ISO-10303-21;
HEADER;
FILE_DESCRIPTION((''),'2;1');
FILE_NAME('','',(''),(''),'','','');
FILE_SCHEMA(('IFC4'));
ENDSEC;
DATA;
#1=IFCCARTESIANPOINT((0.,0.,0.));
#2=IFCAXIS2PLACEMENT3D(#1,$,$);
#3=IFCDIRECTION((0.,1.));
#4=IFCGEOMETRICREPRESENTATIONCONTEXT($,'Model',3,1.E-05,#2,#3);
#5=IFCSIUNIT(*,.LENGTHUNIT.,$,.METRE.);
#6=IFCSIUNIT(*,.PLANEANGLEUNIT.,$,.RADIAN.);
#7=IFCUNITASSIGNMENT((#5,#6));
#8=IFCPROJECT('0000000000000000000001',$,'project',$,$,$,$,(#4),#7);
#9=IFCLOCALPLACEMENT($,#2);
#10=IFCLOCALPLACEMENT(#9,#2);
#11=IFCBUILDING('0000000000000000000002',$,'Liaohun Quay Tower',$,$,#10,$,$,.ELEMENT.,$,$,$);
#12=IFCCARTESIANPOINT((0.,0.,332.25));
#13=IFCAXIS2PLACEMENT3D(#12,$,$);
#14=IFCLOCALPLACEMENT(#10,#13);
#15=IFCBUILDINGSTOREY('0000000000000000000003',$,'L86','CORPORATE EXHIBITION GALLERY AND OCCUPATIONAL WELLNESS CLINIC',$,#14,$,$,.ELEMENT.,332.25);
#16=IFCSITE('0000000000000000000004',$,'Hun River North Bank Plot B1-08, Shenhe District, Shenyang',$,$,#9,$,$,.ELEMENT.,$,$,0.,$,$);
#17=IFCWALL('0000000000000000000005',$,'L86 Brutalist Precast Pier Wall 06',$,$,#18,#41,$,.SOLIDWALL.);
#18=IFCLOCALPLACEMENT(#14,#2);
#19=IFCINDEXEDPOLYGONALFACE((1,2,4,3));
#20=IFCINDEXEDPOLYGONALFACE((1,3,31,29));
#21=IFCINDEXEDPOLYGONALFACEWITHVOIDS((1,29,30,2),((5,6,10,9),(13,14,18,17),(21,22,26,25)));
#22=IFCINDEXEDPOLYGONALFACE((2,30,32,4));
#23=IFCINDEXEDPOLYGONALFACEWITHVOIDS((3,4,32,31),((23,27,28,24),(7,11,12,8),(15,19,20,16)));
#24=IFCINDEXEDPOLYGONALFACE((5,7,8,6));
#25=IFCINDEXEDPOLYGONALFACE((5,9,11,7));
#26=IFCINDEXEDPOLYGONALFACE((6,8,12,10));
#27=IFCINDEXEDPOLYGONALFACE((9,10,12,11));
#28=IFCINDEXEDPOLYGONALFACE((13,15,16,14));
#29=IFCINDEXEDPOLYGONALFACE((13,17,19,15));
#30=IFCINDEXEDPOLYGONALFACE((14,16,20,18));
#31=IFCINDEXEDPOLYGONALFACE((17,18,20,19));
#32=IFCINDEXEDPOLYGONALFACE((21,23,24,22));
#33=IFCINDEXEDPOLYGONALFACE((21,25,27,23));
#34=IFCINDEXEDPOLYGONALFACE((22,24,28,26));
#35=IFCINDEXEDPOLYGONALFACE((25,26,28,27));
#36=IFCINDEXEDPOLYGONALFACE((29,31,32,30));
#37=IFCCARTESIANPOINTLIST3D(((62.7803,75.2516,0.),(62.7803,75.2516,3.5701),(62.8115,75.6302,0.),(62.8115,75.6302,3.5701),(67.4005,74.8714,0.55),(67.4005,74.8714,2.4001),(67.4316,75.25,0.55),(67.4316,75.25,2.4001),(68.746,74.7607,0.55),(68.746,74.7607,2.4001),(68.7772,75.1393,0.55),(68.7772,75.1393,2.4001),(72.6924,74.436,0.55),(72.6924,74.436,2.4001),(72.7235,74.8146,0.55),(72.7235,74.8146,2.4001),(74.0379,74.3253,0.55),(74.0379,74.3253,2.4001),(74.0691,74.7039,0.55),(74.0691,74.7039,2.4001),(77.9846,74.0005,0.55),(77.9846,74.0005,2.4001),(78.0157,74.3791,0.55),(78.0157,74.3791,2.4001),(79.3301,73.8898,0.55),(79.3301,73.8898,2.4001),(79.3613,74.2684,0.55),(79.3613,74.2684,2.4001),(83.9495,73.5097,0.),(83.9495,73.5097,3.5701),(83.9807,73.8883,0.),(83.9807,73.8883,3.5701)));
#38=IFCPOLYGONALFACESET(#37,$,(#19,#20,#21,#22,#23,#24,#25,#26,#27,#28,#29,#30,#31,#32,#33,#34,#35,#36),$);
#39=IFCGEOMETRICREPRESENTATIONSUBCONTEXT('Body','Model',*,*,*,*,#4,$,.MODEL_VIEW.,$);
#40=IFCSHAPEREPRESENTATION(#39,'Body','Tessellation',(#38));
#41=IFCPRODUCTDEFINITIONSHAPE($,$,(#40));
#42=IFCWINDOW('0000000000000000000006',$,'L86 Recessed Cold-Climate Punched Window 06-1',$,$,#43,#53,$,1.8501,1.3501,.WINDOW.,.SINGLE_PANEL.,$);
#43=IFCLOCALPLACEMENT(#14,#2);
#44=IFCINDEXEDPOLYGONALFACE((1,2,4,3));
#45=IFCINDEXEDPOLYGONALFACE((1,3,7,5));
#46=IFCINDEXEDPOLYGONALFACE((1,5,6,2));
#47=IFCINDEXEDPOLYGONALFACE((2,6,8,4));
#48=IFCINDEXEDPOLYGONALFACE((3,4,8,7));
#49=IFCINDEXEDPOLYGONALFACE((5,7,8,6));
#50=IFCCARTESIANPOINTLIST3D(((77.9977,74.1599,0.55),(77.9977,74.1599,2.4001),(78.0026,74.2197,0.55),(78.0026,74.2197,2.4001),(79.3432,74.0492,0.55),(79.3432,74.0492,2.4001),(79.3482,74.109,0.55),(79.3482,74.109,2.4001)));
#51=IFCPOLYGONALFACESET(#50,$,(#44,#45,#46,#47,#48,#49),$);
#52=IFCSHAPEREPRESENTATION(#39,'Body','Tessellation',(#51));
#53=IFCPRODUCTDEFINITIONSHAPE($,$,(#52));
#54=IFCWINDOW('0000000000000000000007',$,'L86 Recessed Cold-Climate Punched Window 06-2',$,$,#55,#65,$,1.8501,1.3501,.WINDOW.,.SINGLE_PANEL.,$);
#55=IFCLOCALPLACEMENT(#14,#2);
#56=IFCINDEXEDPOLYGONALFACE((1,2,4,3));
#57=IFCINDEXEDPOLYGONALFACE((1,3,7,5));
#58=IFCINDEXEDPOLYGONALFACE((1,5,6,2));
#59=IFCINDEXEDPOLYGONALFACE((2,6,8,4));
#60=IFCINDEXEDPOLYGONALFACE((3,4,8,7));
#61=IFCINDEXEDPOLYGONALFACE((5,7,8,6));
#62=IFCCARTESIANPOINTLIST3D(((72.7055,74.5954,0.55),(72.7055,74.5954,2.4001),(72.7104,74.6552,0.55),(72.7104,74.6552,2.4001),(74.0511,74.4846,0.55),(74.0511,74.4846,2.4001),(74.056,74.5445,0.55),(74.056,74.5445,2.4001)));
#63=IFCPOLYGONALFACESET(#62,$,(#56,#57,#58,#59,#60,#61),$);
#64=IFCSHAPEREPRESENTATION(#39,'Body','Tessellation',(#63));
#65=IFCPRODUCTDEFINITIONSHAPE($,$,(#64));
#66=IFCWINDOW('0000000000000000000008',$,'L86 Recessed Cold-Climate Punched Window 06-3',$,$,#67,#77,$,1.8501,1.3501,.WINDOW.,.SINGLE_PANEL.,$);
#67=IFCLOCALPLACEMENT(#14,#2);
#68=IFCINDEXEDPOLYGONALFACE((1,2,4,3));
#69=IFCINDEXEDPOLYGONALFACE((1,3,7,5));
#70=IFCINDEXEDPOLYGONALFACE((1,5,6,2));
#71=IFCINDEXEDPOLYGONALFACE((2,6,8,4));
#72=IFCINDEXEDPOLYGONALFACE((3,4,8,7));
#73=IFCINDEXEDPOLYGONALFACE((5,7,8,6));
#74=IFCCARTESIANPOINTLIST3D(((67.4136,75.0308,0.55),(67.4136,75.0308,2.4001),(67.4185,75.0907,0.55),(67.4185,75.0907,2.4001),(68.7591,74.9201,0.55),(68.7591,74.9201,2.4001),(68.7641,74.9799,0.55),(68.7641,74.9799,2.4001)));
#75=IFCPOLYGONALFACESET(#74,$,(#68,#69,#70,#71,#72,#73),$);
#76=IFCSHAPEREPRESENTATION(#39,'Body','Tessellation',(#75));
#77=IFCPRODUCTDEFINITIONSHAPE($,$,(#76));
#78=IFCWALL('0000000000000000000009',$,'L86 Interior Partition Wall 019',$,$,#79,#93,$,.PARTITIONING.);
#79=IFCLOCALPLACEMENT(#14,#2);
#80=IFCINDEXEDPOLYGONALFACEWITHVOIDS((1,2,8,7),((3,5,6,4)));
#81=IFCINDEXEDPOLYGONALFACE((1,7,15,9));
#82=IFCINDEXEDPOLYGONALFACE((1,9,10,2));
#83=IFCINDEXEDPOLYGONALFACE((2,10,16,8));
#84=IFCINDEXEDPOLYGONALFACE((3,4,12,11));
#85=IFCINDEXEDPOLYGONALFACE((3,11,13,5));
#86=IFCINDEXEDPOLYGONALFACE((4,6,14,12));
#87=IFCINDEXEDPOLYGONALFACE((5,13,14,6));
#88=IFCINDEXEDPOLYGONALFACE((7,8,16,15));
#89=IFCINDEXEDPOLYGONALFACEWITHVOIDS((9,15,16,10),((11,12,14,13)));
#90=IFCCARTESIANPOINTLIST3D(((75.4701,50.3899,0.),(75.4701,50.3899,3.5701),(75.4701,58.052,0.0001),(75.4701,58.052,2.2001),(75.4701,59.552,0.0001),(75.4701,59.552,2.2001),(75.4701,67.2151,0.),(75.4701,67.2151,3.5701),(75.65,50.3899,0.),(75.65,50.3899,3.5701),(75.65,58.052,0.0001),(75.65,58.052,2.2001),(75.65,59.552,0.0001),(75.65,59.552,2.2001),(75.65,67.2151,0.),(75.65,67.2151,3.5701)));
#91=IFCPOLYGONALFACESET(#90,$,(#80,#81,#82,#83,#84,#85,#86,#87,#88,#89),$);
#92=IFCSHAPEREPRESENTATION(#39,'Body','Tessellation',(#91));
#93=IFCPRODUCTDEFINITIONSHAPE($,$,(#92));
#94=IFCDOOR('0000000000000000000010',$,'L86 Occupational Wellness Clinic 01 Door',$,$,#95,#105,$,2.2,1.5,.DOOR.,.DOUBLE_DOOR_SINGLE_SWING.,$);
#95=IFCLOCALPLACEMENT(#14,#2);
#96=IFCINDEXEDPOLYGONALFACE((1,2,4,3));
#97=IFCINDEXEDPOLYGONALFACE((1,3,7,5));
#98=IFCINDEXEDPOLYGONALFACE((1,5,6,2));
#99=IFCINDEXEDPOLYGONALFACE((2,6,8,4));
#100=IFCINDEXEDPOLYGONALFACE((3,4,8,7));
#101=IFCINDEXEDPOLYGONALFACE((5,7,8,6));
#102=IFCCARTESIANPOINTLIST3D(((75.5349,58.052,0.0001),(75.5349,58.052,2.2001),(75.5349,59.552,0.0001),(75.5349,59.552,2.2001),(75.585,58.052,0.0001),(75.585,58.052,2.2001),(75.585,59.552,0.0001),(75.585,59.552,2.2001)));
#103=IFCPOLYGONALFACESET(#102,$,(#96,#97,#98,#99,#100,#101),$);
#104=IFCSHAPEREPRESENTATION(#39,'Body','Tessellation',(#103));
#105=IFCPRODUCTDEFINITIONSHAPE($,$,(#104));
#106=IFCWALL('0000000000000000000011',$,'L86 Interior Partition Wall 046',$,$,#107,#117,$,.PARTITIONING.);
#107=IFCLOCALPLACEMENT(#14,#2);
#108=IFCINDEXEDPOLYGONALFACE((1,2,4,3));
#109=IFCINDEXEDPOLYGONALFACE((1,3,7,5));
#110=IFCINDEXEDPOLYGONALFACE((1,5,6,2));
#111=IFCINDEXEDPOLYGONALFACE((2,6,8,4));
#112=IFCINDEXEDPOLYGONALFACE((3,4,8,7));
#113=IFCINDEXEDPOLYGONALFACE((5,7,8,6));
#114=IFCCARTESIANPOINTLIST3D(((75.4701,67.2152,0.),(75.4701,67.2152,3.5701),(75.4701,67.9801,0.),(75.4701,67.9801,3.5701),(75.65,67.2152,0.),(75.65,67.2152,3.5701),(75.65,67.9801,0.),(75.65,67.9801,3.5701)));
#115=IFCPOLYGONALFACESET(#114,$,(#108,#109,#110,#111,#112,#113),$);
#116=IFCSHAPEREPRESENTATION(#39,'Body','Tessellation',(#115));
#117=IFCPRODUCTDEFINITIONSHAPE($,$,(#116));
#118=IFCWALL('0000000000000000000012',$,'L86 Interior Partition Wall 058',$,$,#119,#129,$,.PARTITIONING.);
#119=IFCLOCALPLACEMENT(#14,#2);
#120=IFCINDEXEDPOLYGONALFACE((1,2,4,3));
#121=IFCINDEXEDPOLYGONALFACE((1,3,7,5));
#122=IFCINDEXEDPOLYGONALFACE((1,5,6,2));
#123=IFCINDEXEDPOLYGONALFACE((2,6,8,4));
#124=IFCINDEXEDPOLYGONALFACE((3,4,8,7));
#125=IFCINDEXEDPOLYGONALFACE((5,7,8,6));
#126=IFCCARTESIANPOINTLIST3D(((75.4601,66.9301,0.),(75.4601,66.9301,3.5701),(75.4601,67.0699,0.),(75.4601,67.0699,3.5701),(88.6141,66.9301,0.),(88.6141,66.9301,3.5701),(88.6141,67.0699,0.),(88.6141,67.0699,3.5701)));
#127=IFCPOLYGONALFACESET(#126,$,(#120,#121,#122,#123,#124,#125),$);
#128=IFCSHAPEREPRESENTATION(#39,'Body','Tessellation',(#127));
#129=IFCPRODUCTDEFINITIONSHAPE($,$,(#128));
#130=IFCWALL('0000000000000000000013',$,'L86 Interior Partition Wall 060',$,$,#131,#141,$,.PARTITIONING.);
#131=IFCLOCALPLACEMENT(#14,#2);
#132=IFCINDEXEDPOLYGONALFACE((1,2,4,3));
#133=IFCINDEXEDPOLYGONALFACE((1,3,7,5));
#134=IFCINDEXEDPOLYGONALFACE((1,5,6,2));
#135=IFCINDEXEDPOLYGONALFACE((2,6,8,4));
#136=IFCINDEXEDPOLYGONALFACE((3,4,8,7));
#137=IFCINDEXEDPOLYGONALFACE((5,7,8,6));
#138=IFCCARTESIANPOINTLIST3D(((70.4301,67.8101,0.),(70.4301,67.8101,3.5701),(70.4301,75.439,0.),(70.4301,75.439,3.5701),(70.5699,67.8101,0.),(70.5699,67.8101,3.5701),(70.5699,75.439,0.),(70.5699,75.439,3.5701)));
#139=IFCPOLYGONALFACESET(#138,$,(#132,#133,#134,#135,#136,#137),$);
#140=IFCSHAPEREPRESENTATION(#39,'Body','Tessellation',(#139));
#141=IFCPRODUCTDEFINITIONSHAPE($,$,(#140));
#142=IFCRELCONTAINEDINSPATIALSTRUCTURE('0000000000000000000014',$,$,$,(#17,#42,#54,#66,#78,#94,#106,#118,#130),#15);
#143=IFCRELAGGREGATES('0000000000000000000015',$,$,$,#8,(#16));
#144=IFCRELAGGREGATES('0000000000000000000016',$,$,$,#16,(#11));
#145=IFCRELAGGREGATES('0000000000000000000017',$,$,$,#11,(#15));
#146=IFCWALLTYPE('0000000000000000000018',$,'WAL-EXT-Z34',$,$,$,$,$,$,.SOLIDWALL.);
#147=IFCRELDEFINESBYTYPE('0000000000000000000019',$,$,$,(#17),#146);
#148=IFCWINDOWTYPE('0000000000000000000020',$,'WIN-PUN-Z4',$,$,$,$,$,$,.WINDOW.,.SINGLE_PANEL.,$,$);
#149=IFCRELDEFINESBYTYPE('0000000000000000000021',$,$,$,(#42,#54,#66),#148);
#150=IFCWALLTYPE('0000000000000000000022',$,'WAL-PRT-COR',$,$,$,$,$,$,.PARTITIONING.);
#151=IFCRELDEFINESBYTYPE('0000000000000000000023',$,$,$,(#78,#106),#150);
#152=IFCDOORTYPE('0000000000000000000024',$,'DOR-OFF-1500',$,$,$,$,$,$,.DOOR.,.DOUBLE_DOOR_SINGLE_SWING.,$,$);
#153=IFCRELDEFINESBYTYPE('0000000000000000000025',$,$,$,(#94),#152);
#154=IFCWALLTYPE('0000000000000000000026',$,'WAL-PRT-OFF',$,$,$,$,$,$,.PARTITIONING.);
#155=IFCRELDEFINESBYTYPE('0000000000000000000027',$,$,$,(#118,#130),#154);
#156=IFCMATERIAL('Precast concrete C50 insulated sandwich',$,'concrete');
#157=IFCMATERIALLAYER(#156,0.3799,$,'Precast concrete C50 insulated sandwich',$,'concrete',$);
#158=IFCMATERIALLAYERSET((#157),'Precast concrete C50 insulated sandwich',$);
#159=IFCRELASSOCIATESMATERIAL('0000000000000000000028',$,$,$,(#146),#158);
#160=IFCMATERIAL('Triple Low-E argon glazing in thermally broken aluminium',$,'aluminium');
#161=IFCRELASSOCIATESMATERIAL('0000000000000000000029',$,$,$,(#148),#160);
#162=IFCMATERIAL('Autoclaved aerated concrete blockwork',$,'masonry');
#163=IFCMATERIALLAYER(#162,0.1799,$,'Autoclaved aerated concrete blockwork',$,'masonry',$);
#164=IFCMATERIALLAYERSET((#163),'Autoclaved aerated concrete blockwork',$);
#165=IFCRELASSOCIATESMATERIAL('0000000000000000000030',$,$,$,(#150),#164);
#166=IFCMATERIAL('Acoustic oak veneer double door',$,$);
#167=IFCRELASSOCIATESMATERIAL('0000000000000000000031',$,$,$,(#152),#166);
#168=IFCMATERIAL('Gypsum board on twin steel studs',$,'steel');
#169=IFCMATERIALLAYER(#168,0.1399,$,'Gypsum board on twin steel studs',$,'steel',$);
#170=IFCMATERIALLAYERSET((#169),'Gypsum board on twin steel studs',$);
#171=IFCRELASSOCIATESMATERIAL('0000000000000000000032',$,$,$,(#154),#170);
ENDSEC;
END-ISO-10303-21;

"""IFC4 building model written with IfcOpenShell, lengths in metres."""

from ifc_helpers import new_model, si_unit, direction, frame, frame_2d, origin, place, context, subcontext, project, spatial, rectangle, extrude, source, transform, mapped, material, layer, layer_set, type_object, element, fill, save


model = new_model("IFC4")

# Units and contexts
model_context = context("Model", 3, precision=1e-05, world=origin(), true_north=direction((0.0, 1.0)))
body_context = subcontext(model_context, "Body", "Model", "MODEL_VIEW")
ifc_project = project(units=[si_unit("LENGTHUNIT", "METRE"), si_unit("PLANEANGLEUNIT", "RADIAN")], contexts=[model_context])

# Site, building, storey
site_placement = place(None, origin())
site = spatial("IfcSite", under=ifc_project, at=site_placement, Name="Hun River North Bank Plot B1-08, Shenhe District, Shenyang", CompositionType="ELEMENT", RefElevation=0.0)
building_placement = place(site_placement, origin())
building = spatial("IfcBuilding", under=site, at=building_placement, Name="Liaohun Quay Tower", CompositionType="ELEMENT")
storey_placement = place(building_placement, frame((0.0, 0.0, 332.25)))
storey = spatial("IfcBuildingStorey", under=building, at=storey_placement, Name="L86", Description="CORPORATE EXHIBITION GALLERY AND OCCUPATIONAL WELLNESS CLINIC", CompositionType="ELEMENT", Elevation=332.25)

# Shared definitions
ifc_material_1 = material(Name="Precast concrete C50 insulated sandwich", Category="concrete")
ifc_layer_1 = layer(ifc_material_1, 0.3799, Name="Precast concrete C50 insulated sandwich", Category="concrete")
ifc_layer_set_1 = layer_set([ifc_layer_1], Name="Precast concrete C50 insulated sandwich")
wall_type_1 = type_object("IfcWallType", Name="WAL-EXT-Z34", PredefinedType="SOLIDWALL", material=ifc_layer_set_1)

# Wall, openings, windows
wall_1_placement = place(storey_placement, frame((83.9651, 73.699, 0.0), z_axis=(0.0, 0.0, 1.0), x_axis=(-0.996632, 0.08201, 0.0)))
wall_1 = element("IfcWall", 1, at=wall_1_placement, inside=storey, type_object=wall_type_1, Name="L86 Brutalist Precast Pier Wall 06", PredefinedType="SOLIDWALL", context=body_context, shape_type="SweptSolid", body=[
    extrude(rectangle(XDim=21.2407, YDim=0.3799, at=frame_2d((10.6204, 0.0))), origin(), (0.0, 0.0, 1.0), 3.5701),
])
shared_shape_1 = source(origin(), body_context, "Body", "SweptSolid", [
    extrude(rectangle(XDim=1.3501, YDim=1.8501, at=frame_2d((0.675, 0.925))), frame((0.0, 0.2, 0.0), z_axis=(0.0, -1.0, 0.0), x_axis=(1.0, 0.0, 0.0)), (0.0, 0.0, 1.0), 0.3999),
])
opening_1_placement = place(wall_1_placement, frame((4.635, 0.0, 0.55)))
opening_1 = element("IfcOpeningElement", 2, at=opening_1_placement, cuts=wall_1, PredefinedType="OPENING", context=body_context, shape_type="MappedRepresentation", body=[
    mapped(shared_shape_1, transform((0.0, 0.0, 0.0), x_axis=(1.0, 0.0, 0.0), y_axis=(0.0, 1.0, 0.0), z_axis=(0.0, 0.0, 1.0), scale=1.0)),
])
opening_2_placement = place(wall_1_placement, frame((9.9451, 0.0, 0.55)))
opening_2 = element("IfcOpeningElement", 3, at=opening_2_placement, cuts=wall_1, PredefinedType="OPENING", context=body_context, shape_type="MappedRepresentation", body=[
    mapped(shared_shape_1, transform((0.0, 0.0, 0.0), x_axis=(1.0, 0.0, 0.0), y_axis=(0.0, 1.0, 0.0), z_axis=(0.0, 0.0, 1.0), scale=1.0)),
])
opening_3_placement = place(wall_1_placement, frame((15.2549, 0.0, 0.55)))
opening_3 = element("IfcOpeningElement", 4, at=opening_3_placement, cuts=wall_1, PredefinedType="OPENING", context=body_context, shape_type="MappedRepresentation", body=[
    mapped(shared_shape_1, transform((0.0, 0.0, 0.0), x_axis=(1.0, 0.0, 0.0), y_axis=(0.0, 1.0, 0.0), z_axis=(0.0, 0.0, 1.0), scale=1.0)),
])
ifc_material_2 = material(Name="Triple Low-E argon glazing in thermally broken aluminium", Category="aluminium")
window_type_1 = type_object("IfcWindowType", Name="WIN-PUN-Z4", PartitioningType="SINGLE_PANEL", PredefinedType="WINDOW", material=ifc_material_2)
shared_shape_2 = source(origin(), body_context, "Body", "SweptSolid", [
    extrude(rectangle(XDim=1.3501, YDim=1.8501, at=frame_2d((0.675, 0.925))), frame((0.0, 0.03, 0.0), z_axis=(0.0, -1.0, 0.0), x_axis=(1.0, 0.0, 0.0)), (0.0, 0.0, 1.0), 0.0601),
])
window_1_placement = place(opening_1_placement, origin())
window_1 = element("IfcWindow", 5, at=window_1_placement, inside=storey, type_object=window_type_1, Name="L86 Recessed Cold-Climate Punched Window 06-1", OverallHeight=1.8501, OverallWidth=1.3501, PartitioningType="SINGLE_PANEL", PredefinedType="WINDOW", context=body_context, shape_type="MappedRepresentation", body=[
    mapped(shared_shape_2, transform((0.0, 0.0, 0.0), x_axis=(1.0, 0.0, 0.0), y_axis=(0.0, 1.0, 0.0), z_axis=(0.0, 0.0, 1.0), scale=1.0)),
])
fill(opening_1, window_1)
window_2_placement = place(opening_2_placement, origin())
window_2 = element("IfcWindow", 6, at=window_2_placement, inside=storey, type_object=window_type_1, Name="L86 Recessed Cold-Climate Punched Window 06-2", OverallHeight=1.8501, OverallWidth=1.3501, PartitioningType="SINGLE_PANEL", PredefinedType="WINDOW", context=body_context, shape_type="MappedRepresentation", body=[
    mapped(shared_shape_2, transform((0.0, 0.0, 0.0), x_axis=(1.0, 0.0, 0.0), y_axis=(0.0, 1.0, 0.0), z_axis=(0.0, 0.0, 1.0), scale=1.0)),
])
fill(opening_2, window_2)
window_3_placement = place(opening_3_placement, origin())
window_3 = element("IfcWindow", 7, at=window_3_placement, inside=storey, type_object=window_type_1, Name="L86 Recessed Cold-Climate Punched Window 06-3", OverallHeight=1.8501, OverallWidth=1.3501, PartitioningType="SINGLE_PANEL", PredefinedType="WINDOW", context=body_context, shape_type="MappedRepresentation", body=[
    mapped(shared_shape_2, transform((0.0, 0.0, 0.0), x_axis=(1.0, 0.0, 0.0), y_axis=(0.0, 1.0, 0.0), z_axis=(0.0, 0.0, 1.0), scale=1.0)),
])
fill(opening_3, window_3)

# Wall, opening, door
ifc_material_3 = material(Name="Autoclaved aerated concrete blockwork", Category="masonry")
ifc_layer_2 = layer(ifc_material_3, 0.1799, Name="Autoclaved aerated concrete blockwork", Category="masonry")
ifc_layer_set_2 = layer_set([ifc_layer_2], Name="Autoclaved aerated concrete blockwork")
wall_type_2 = type_object("IfcWallType", Name="WAL-PRT-COR", PredefinedType="PARTITIONING", material=ifc_layer_set_2)
wall_2_placement = place(storey_placement, frame((75.5601, 67.2151, 0.0), z_axis=(0.0, 0.0, 1.0), x_axis=(0.0, -1.0, 0.0)))
wall_2 = element("IfcWall", 8, at=wall_2_placement, inside=storey, type_object=wall_type_2, Name="L86 Interior Partition Wall 019", PredefinedType="PARTITIONING", context=body_context, shape_type="SweptSolid", body=[
    extrude(rectangle(XDim=16.8252, YDim=0.1799, at=frame_2d((8.4126, 0.0))), origin(), (0.0, 0.0, 1.0), 3.5701),
])
shared_shape_3 = source(origin(), body_context, "Body", "SweptSolid", [
    extrude(rectangle(XDim=1.5, YDim=2.2, at=frame_2d((0.75, 1.1001))), frame((0.0, 0.0999, 0.0), z_axis=(0.0, -1.0, 0.0), x_axis=(1.0, 0.0, 0.0)), (0.0, 0.0, 1.0), 0.2),
])
opening_4_placement = place(wall_2_placement, frame((7.6631, 0.0, 0.0)))
opening_4 = element("IfcOpeningElement", 9, at=opening_4_placement, cuts=wall_2, PredefinedType="OPENING", context=body_context, shape_type="MappedRepresentation", body=[
    mapped(shared_shape_3, transform((0.0, 0.0, 0.0), x_axis=(1.0, 0.0, 0.0), y_axis=(0.0, 1.0, 0.0), z_axis=(0.0, 0.0, 1.0), scale=1.0)),
])
ifc_material_4 = material(Name="Acoustic oak veneer double door")
door_type = type_object("IfcDoorType", Name="DOR-OFF-1500", OperationType="DOUBLE_DOOR_SINGLE_SWING", PredefinedType="DOOR", material=ifc_material_4)
shared_shape_4 = source(origin(), body_context, "Body", "SweptSolid", [
    extrude(rectangle(XDim=1.5, YDim=2.2, at=frame_2d((0.75, 1.1001))), frame((0.0, 0.0249, 0.0), z_axis=(0.0, -1.0, 0.0), x_axis=(1.0, 0.0, 0.0)), (0.0, 0.0, 1.0), 0.05),
])
door_placement = place(opening_4_placement, origin())
door = element("IfcDoor", 10, at=door_placement, inside=storey, type_object=door_type, Name="L86 Occupational Wellness Clinic 01 Door", OperationType="DOUBLE_DOOR_SINGLE_SWING", OverallHeight=2.2, OverallWidth=1.5, PredefinedType="DOOR", context=body_context, shape_type="MappedRepresentation", body=[
    mapped(shared_shape_4, transform((0.0, 0.0, 0.0), x_axis=(1.0, 0.0, 0.0), y_axis=(0.0, 1.0, 0.0), z_axis=(0.0, 0.0, 1.0), scale=1.0)),
])
fill(opening_4, door)

# Walls
wall_3_placement = place(storey_placement, frame((75.5601, 67.98, 0.0), z_axis=(0.0, 0.0, 1.0), x_axis=(0.0, -1.0, 0.0)))
element("IfcWall", 11, at=wall_3_placement, inside=storey, type_object=wall_type_2, Name="L86 Interior Partition Wall 046", PredefinedType="PARTITIONING", context=body_context, shape_type="SweptSolid", body=[
    extrude(rectangle(XDim=0.7649, YDim=0.1799, at=frame_2d((0.3823, 0.0))), origin(), (0.0, 0.0, 1.0), 3.5701),
])
ifc_material_5 = material(Name="Gypsum board on twin steel studs", Category="steel")
ifc_layer_3 = layer(ifc_material_5, 0.1399, Name="Gypsum board on twin steel studs", Category="steel")
ifc_layer_set_3 = layer_set([ifc_layer_3], Name="Gypsum board on twin steel studs")
wall_type_3 = type_object("IfcWallType", Name="WAL-PRT-OFF", PredefinedType="PARTITIONING", material=ifc_layer_set_3)
wall_4_placement = place(storey_placement, frame((75.46, 67.0, 0.0), z_axis=(0.0, 0.0, 1.0), x_axis=(1.0, 0.0, 0.0)))
element("IfcWall", 12, at=wall_4_placement, inside=storey, type_object=wall_type_3, Name="L86 Interior Partition Wall 058", PredefinedType="PARTITIONING", context=body_context, shape_type="SweptSolid", body=[
    extrude(rectangle(XDim=13.1541, YDim=0.1399, at=frame_2d((6.5771, 0.0))), origin(), (0.0, 0.0, 1.0), 3.5701),
])
wall_5_placement = place(storey_placement, frame((70.5, 67.8101, 0.0), z_axis=(0.0, 0.0, 1.0), x_axis=(0.0, 1.0, 0.0)))
element("IfcWall", 13, at=wall_5_placement, inside=storey, type_object=wall_type_3, Name="L86 Interior Partition Wall 060", PredefinedType="PARTITIONING", context=body_context, shape_type="SweptSolid", body=[
    extrude(rectangle(XDim=7.6289, YDim=0.1399, at=frame_2d((3.8145, 0.0))), origin(), (0.0, 0.0, 1.0), 3.5701),
])

save(model, "model.ifc")
